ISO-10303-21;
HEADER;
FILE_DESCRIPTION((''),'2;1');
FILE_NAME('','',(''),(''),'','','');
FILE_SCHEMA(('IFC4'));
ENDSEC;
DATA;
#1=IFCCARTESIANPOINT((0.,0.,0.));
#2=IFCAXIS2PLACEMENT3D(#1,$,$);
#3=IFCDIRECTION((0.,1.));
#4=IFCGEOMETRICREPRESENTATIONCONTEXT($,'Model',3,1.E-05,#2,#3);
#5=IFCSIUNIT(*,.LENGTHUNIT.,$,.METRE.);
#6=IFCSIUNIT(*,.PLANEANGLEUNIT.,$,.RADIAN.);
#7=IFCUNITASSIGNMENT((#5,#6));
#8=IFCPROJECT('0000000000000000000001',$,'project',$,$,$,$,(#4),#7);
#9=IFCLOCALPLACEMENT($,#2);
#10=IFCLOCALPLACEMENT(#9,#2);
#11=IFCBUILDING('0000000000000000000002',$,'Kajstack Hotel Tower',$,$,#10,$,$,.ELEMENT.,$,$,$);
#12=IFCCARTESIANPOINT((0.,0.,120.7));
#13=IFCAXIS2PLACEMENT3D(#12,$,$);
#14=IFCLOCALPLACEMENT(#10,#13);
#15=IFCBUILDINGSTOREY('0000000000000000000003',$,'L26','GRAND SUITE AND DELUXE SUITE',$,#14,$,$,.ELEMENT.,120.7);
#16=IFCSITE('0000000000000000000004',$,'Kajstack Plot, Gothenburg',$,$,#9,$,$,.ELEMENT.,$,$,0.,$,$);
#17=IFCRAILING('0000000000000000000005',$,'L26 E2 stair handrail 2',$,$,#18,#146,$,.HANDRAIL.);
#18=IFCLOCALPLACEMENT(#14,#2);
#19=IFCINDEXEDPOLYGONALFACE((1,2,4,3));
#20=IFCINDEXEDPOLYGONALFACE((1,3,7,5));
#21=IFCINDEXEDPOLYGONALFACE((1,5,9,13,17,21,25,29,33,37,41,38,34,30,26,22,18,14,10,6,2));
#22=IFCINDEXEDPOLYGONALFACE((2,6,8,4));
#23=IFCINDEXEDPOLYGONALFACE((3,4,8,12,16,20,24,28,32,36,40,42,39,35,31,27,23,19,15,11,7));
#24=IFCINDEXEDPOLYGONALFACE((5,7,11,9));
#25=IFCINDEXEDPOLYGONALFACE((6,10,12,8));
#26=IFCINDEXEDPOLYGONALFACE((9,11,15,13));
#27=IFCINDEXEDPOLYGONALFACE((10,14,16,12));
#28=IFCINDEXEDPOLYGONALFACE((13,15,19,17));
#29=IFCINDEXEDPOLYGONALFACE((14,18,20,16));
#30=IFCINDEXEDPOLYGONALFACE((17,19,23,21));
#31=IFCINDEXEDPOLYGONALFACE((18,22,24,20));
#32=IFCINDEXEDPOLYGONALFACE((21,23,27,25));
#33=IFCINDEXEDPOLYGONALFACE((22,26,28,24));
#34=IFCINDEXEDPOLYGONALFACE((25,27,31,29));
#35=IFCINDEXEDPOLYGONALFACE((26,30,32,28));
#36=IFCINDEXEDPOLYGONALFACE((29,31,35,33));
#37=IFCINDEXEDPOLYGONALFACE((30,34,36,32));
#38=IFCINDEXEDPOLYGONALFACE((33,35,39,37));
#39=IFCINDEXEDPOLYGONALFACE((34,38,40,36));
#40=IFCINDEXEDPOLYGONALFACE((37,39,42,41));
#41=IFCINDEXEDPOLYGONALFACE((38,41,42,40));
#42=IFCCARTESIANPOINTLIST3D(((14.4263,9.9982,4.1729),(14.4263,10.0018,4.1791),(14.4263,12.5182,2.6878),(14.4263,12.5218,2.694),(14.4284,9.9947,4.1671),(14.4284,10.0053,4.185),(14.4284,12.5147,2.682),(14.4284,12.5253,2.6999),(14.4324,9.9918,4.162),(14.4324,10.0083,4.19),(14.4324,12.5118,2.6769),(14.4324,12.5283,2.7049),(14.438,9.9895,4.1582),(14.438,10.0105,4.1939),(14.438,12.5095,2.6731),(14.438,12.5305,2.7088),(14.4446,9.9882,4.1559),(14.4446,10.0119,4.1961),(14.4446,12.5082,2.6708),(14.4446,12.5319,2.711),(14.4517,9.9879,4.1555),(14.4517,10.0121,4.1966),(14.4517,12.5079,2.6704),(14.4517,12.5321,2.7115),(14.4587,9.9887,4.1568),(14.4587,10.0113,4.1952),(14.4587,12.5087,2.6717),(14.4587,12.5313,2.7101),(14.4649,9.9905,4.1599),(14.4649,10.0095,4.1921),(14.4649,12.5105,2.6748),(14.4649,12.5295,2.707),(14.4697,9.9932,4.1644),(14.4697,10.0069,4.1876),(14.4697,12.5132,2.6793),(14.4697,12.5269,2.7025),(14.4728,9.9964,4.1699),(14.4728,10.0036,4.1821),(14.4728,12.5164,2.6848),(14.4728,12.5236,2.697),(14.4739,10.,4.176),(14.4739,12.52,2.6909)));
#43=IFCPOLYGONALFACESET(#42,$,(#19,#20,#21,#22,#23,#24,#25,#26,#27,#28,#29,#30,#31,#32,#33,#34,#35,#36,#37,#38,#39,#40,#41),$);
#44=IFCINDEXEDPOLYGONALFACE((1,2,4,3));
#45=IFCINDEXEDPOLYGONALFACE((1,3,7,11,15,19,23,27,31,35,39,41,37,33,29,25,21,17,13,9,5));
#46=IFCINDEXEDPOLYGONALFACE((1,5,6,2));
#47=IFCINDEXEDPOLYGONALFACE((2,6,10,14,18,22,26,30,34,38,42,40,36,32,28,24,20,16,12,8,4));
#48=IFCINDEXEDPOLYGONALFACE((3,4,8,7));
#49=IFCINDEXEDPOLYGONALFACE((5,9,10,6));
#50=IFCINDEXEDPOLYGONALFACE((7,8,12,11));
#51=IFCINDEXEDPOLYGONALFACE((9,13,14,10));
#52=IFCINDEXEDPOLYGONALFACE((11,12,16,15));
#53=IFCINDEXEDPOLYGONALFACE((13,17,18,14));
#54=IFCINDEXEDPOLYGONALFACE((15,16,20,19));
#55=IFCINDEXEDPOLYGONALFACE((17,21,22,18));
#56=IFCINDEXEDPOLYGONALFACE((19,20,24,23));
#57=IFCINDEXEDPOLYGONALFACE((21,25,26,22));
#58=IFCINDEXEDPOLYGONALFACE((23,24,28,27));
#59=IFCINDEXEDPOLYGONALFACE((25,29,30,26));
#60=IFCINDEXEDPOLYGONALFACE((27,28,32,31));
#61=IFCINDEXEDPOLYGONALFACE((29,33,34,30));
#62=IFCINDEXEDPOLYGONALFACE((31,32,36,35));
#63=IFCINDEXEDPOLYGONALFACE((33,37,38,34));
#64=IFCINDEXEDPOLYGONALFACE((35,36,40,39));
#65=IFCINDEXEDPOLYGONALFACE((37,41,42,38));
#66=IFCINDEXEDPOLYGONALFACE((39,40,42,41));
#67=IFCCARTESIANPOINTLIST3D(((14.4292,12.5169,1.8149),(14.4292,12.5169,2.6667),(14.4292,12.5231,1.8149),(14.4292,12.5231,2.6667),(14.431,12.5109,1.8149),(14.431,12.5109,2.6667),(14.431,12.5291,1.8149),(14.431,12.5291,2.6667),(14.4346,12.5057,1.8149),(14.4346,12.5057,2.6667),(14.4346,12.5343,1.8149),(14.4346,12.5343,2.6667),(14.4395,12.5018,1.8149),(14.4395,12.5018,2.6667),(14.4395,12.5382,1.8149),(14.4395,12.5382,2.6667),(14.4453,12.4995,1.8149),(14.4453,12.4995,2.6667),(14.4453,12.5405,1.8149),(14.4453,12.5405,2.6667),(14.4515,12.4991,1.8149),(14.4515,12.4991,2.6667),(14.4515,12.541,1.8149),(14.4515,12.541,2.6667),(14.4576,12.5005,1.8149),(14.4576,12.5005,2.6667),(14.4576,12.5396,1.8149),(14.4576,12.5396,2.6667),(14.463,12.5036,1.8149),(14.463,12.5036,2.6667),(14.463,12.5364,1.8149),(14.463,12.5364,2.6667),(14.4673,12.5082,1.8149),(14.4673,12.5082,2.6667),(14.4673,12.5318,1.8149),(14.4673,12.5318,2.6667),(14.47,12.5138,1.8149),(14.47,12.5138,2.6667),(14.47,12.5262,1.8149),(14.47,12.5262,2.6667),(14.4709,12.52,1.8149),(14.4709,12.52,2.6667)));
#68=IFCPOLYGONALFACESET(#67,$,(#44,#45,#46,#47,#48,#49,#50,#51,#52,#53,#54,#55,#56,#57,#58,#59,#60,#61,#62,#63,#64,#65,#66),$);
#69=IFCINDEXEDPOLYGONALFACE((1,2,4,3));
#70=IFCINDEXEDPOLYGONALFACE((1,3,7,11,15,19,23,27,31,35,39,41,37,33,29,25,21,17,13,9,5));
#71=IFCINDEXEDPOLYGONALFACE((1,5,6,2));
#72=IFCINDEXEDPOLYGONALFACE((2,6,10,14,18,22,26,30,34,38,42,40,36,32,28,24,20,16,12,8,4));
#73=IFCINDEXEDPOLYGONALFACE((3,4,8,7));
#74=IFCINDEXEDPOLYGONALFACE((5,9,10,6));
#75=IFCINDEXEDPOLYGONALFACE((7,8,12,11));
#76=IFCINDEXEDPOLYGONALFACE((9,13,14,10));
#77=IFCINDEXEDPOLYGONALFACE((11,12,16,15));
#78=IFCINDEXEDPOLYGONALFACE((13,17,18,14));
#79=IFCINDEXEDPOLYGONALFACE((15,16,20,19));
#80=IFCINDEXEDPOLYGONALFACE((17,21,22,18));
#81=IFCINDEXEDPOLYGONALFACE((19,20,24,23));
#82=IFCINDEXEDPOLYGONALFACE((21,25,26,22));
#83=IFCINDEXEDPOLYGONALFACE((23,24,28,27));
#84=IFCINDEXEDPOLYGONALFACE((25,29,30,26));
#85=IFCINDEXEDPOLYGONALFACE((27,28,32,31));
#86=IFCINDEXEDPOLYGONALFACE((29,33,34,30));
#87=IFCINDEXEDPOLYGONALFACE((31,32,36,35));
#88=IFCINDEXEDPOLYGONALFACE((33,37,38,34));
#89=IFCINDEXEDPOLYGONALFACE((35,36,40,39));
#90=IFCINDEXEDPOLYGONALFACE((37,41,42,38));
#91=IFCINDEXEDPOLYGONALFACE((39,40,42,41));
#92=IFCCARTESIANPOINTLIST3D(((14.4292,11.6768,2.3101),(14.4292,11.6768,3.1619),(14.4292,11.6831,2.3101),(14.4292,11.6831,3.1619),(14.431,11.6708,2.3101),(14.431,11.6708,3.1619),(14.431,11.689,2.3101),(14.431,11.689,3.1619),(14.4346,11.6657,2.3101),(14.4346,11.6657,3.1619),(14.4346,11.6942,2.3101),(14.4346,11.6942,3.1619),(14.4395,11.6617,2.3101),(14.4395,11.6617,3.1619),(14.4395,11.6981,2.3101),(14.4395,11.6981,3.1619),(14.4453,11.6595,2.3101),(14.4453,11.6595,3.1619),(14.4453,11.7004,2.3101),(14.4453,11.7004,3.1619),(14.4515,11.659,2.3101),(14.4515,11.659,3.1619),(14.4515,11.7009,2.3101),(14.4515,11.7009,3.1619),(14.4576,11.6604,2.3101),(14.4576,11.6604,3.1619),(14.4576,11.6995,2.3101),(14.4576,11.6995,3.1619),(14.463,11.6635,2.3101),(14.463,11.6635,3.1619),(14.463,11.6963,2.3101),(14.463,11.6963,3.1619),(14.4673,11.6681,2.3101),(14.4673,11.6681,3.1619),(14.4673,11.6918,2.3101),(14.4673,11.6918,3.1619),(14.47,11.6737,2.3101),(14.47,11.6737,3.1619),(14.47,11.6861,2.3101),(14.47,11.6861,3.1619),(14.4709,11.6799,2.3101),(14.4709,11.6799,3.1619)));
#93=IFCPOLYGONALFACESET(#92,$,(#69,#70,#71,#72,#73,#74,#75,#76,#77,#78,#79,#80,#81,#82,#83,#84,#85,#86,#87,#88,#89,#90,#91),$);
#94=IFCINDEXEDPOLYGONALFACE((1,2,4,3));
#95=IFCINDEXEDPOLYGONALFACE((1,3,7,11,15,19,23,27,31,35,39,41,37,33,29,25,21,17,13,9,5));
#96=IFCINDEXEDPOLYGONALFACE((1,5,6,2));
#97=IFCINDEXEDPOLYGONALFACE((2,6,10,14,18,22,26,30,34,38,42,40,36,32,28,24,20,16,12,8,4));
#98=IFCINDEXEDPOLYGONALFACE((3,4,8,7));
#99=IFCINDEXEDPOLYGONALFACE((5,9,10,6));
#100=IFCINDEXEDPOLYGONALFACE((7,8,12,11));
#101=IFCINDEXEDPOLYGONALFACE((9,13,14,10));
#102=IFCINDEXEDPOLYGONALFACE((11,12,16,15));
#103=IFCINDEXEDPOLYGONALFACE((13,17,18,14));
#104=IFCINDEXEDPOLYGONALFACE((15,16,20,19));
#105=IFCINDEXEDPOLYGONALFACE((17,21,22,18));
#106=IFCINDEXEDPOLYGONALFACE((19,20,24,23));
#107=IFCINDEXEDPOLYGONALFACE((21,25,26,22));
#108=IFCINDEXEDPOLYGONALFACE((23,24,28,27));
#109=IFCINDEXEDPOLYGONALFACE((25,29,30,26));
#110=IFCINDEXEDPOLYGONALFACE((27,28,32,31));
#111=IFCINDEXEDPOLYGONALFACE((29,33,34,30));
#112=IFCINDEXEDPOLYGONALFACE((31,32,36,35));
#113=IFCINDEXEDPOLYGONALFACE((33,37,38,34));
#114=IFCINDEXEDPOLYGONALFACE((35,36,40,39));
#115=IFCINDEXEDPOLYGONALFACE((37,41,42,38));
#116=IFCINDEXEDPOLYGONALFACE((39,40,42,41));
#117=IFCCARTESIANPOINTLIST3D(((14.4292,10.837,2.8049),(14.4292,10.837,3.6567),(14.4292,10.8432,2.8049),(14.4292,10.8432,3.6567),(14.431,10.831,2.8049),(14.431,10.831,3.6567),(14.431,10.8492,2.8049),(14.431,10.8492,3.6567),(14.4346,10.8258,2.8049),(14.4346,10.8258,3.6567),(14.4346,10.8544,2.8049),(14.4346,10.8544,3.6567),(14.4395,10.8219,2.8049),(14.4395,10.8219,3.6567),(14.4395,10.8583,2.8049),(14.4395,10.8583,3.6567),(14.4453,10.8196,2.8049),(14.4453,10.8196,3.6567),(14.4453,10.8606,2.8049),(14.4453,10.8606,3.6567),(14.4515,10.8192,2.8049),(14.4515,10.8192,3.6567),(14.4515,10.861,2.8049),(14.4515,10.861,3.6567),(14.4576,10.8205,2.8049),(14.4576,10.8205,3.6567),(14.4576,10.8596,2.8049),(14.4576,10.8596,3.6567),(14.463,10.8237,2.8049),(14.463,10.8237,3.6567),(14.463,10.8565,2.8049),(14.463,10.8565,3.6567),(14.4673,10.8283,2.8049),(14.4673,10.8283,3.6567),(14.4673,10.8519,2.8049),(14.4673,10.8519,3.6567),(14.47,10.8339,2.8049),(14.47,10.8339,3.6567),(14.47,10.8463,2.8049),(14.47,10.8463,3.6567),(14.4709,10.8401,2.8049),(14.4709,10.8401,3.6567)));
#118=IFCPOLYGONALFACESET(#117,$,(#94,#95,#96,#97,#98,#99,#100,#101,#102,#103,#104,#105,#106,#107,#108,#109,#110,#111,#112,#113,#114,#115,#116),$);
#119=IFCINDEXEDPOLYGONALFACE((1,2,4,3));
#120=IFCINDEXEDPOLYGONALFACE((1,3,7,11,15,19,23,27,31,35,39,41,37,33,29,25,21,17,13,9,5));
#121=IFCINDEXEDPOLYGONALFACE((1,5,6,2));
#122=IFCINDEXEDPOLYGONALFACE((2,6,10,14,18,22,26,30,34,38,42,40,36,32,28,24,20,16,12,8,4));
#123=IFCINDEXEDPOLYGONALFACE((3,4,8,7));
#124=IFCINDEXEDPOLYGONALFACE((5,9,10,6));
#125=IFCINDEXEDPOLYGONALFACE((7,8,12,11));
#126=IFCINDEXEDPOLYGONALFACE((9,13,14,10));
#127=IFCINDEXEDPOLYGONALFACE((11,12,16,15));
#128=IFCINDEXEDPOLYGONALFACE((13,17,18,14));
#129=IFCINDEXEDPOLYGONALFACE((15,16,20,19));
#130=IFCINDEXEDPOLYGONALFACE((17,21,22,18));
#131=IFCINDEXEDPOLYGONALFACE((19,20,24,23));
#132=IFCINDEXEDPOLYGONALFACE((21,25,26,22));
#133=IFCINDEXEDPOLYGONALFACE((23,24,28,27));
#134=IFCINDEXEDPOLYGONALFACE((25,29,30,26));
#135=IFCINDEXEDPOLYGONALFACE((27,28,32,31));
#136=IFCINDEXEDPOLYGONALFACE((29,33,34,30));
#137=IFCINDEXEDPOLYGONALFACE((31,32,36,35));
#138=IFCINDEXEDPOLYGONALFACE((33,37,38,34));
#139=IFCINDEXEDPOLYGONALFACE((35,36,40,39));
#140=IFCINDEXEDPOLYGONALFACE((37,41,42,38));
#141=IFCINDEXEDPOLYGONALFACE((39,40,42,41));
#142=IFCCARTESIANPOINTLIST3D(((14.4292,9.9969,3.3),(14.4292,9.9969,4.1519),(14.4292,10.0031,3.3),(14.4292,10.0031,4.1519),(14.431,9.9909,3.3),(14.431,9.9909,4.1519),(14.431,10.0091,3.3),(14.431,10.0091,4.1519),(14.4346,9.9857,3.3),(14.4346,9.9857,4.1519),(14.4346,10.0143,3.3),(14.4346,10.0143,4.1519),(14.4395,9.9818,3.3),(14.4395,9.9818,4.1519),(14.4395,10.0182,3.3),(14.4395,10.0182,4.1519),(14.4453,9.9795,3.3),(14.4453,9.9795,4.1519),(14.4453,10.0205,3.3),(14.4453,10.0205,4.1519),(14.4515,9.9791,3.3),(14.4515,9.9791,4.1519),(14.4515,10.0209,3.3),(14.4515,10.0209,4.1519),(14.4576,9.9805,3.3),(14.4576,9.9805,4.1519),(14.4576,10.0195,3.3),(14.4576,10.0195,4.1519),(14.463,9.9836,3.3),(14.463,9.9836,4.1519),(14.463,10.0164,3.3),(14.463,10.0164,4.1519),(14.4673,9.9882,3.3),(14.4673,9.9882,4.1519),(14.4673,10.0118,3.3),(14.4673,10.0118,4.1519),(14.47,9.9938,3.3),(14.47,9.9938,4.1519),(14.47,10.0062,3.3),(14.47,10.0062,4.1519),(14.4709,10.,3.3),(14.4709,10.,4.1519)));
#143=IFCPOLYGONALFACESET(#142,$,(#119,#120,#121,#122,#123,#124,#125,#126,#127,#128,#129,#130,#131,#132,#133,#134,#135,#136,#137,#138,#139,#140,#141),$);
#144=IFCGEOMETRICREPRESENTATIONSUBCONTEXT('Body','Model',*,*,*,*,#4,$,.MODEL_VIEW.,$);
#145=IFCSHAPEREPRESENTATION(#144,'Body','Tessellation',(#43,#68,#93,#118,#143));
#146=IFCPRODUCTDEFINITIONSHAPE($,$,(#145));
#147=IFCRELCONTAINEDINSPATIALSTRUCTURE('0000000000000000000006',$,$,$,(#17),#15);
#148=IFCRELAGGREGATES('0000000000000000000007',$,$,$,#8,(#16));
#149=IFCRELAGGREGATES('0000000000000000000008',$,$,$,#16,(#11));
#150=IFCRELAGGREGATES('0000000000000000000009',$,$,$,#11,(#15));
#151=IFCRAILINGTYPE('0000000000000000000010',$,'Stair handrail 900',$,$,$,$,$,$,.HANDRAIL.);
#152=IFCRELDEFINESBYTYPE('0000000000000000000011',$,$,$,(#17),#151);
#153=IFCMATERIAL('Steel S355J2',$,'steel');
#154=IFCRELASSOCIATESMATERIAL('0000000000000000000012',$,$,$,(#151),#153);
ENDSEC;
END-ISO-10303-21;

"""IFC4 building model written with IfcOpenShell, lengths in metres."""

from ifc_helpers import new_model, si_unit, direction, frame, origin, origin_2d, place, context, subcontext, project, spatial, circle, extrude, material, type_object, element, save


model = new_model("IFC4")

# Units and contexts
model_context = context("Model", 3, precision=1e-05, world=origin(), true_north=direction((0.0, 1.0)))
body_context = subcontext(model_context, "Body", "Model", "MODEL_VIEW")
ifc_project = project(units=[si_unit("LENGTHUNIT", "METRE"), si_unit("PLANEANGLEUNIT", "RADIAN")], contexts=[model_context])

# Site, building, storey
site_placement = place(None, origin())
site = spatial("IfcSite", under=ifc_project, at=site_placement, Name="Kajstack Plot, Gothenburg", CompositionType="ELEMENT", RefElevation=0.0)
building_placement = place(site_placement, origin())
building = spatial("IfcBuilding", under=site, at=building_placement, Name="Kajstack Hotel Tower", CompositionType="ELEMENT")
storey_placement = place(building_placement, frame((0.0, 0.0, 120.7)))
storey = spatial("IfcBuildingStorey", under=building, at=storey_placement, Name="L26", Description="GRAND SUITE AND DELUXE SUITE", CompositionType="ELEMENT", Elevation=120.7)

# Railing
ifc_material_1 = material(Name="Steel S355J2", Category="steel")
railing_type_1 = type_object("IfcRailingType", Name="Stair handrail 900", PredefinedType="HANDRAIL", material=ifc_material_1)
railing_1_placement = place(storey_placement, frame((14.45, 12.52, 1.8149)))
element("IfcRailing", 1, at=railing_1_placement, inside=storey, type_object=railing_type_1, Name="L26 E2 stair handrail 2", PredefinedType="HANDRAIL", context=body_context, shape_type="SweptSolid", body=[
    extrude(circle(Radius=0.0239, at=origin_2d()), frame((0.0, 0.0, 0.876), z_axis=(0.0, -0.861524, 0.507717), x_axis=(1.0, 0.0, 0.0)), (0.0, 0.0, 1.0), 2.925),
    extrude(circle(Radius=0.021, at=origin_2d()), origin(), (0.0, 0.0, 1.0), 0.8518),
    extrude(circle(Radius=0.021, at=origin_2d()), frame((0.0, -0.8401, 0.4951)), (0.0, 0.0, 1.0), 0.8518),
    extrude(circle(Radius=0.021, at=origin_2d()), frame((0.0, -1.6799, 0.99)), (0.0, 0.0, 1.0), 0.8518),
    extrude(circle(Radius=0.021, at=origin_2d()), frame((0.0, -2.52, 1.4851)), (0.0, 0.0, 1.0), 0.8518),
])

save(model, "model.ifc")
